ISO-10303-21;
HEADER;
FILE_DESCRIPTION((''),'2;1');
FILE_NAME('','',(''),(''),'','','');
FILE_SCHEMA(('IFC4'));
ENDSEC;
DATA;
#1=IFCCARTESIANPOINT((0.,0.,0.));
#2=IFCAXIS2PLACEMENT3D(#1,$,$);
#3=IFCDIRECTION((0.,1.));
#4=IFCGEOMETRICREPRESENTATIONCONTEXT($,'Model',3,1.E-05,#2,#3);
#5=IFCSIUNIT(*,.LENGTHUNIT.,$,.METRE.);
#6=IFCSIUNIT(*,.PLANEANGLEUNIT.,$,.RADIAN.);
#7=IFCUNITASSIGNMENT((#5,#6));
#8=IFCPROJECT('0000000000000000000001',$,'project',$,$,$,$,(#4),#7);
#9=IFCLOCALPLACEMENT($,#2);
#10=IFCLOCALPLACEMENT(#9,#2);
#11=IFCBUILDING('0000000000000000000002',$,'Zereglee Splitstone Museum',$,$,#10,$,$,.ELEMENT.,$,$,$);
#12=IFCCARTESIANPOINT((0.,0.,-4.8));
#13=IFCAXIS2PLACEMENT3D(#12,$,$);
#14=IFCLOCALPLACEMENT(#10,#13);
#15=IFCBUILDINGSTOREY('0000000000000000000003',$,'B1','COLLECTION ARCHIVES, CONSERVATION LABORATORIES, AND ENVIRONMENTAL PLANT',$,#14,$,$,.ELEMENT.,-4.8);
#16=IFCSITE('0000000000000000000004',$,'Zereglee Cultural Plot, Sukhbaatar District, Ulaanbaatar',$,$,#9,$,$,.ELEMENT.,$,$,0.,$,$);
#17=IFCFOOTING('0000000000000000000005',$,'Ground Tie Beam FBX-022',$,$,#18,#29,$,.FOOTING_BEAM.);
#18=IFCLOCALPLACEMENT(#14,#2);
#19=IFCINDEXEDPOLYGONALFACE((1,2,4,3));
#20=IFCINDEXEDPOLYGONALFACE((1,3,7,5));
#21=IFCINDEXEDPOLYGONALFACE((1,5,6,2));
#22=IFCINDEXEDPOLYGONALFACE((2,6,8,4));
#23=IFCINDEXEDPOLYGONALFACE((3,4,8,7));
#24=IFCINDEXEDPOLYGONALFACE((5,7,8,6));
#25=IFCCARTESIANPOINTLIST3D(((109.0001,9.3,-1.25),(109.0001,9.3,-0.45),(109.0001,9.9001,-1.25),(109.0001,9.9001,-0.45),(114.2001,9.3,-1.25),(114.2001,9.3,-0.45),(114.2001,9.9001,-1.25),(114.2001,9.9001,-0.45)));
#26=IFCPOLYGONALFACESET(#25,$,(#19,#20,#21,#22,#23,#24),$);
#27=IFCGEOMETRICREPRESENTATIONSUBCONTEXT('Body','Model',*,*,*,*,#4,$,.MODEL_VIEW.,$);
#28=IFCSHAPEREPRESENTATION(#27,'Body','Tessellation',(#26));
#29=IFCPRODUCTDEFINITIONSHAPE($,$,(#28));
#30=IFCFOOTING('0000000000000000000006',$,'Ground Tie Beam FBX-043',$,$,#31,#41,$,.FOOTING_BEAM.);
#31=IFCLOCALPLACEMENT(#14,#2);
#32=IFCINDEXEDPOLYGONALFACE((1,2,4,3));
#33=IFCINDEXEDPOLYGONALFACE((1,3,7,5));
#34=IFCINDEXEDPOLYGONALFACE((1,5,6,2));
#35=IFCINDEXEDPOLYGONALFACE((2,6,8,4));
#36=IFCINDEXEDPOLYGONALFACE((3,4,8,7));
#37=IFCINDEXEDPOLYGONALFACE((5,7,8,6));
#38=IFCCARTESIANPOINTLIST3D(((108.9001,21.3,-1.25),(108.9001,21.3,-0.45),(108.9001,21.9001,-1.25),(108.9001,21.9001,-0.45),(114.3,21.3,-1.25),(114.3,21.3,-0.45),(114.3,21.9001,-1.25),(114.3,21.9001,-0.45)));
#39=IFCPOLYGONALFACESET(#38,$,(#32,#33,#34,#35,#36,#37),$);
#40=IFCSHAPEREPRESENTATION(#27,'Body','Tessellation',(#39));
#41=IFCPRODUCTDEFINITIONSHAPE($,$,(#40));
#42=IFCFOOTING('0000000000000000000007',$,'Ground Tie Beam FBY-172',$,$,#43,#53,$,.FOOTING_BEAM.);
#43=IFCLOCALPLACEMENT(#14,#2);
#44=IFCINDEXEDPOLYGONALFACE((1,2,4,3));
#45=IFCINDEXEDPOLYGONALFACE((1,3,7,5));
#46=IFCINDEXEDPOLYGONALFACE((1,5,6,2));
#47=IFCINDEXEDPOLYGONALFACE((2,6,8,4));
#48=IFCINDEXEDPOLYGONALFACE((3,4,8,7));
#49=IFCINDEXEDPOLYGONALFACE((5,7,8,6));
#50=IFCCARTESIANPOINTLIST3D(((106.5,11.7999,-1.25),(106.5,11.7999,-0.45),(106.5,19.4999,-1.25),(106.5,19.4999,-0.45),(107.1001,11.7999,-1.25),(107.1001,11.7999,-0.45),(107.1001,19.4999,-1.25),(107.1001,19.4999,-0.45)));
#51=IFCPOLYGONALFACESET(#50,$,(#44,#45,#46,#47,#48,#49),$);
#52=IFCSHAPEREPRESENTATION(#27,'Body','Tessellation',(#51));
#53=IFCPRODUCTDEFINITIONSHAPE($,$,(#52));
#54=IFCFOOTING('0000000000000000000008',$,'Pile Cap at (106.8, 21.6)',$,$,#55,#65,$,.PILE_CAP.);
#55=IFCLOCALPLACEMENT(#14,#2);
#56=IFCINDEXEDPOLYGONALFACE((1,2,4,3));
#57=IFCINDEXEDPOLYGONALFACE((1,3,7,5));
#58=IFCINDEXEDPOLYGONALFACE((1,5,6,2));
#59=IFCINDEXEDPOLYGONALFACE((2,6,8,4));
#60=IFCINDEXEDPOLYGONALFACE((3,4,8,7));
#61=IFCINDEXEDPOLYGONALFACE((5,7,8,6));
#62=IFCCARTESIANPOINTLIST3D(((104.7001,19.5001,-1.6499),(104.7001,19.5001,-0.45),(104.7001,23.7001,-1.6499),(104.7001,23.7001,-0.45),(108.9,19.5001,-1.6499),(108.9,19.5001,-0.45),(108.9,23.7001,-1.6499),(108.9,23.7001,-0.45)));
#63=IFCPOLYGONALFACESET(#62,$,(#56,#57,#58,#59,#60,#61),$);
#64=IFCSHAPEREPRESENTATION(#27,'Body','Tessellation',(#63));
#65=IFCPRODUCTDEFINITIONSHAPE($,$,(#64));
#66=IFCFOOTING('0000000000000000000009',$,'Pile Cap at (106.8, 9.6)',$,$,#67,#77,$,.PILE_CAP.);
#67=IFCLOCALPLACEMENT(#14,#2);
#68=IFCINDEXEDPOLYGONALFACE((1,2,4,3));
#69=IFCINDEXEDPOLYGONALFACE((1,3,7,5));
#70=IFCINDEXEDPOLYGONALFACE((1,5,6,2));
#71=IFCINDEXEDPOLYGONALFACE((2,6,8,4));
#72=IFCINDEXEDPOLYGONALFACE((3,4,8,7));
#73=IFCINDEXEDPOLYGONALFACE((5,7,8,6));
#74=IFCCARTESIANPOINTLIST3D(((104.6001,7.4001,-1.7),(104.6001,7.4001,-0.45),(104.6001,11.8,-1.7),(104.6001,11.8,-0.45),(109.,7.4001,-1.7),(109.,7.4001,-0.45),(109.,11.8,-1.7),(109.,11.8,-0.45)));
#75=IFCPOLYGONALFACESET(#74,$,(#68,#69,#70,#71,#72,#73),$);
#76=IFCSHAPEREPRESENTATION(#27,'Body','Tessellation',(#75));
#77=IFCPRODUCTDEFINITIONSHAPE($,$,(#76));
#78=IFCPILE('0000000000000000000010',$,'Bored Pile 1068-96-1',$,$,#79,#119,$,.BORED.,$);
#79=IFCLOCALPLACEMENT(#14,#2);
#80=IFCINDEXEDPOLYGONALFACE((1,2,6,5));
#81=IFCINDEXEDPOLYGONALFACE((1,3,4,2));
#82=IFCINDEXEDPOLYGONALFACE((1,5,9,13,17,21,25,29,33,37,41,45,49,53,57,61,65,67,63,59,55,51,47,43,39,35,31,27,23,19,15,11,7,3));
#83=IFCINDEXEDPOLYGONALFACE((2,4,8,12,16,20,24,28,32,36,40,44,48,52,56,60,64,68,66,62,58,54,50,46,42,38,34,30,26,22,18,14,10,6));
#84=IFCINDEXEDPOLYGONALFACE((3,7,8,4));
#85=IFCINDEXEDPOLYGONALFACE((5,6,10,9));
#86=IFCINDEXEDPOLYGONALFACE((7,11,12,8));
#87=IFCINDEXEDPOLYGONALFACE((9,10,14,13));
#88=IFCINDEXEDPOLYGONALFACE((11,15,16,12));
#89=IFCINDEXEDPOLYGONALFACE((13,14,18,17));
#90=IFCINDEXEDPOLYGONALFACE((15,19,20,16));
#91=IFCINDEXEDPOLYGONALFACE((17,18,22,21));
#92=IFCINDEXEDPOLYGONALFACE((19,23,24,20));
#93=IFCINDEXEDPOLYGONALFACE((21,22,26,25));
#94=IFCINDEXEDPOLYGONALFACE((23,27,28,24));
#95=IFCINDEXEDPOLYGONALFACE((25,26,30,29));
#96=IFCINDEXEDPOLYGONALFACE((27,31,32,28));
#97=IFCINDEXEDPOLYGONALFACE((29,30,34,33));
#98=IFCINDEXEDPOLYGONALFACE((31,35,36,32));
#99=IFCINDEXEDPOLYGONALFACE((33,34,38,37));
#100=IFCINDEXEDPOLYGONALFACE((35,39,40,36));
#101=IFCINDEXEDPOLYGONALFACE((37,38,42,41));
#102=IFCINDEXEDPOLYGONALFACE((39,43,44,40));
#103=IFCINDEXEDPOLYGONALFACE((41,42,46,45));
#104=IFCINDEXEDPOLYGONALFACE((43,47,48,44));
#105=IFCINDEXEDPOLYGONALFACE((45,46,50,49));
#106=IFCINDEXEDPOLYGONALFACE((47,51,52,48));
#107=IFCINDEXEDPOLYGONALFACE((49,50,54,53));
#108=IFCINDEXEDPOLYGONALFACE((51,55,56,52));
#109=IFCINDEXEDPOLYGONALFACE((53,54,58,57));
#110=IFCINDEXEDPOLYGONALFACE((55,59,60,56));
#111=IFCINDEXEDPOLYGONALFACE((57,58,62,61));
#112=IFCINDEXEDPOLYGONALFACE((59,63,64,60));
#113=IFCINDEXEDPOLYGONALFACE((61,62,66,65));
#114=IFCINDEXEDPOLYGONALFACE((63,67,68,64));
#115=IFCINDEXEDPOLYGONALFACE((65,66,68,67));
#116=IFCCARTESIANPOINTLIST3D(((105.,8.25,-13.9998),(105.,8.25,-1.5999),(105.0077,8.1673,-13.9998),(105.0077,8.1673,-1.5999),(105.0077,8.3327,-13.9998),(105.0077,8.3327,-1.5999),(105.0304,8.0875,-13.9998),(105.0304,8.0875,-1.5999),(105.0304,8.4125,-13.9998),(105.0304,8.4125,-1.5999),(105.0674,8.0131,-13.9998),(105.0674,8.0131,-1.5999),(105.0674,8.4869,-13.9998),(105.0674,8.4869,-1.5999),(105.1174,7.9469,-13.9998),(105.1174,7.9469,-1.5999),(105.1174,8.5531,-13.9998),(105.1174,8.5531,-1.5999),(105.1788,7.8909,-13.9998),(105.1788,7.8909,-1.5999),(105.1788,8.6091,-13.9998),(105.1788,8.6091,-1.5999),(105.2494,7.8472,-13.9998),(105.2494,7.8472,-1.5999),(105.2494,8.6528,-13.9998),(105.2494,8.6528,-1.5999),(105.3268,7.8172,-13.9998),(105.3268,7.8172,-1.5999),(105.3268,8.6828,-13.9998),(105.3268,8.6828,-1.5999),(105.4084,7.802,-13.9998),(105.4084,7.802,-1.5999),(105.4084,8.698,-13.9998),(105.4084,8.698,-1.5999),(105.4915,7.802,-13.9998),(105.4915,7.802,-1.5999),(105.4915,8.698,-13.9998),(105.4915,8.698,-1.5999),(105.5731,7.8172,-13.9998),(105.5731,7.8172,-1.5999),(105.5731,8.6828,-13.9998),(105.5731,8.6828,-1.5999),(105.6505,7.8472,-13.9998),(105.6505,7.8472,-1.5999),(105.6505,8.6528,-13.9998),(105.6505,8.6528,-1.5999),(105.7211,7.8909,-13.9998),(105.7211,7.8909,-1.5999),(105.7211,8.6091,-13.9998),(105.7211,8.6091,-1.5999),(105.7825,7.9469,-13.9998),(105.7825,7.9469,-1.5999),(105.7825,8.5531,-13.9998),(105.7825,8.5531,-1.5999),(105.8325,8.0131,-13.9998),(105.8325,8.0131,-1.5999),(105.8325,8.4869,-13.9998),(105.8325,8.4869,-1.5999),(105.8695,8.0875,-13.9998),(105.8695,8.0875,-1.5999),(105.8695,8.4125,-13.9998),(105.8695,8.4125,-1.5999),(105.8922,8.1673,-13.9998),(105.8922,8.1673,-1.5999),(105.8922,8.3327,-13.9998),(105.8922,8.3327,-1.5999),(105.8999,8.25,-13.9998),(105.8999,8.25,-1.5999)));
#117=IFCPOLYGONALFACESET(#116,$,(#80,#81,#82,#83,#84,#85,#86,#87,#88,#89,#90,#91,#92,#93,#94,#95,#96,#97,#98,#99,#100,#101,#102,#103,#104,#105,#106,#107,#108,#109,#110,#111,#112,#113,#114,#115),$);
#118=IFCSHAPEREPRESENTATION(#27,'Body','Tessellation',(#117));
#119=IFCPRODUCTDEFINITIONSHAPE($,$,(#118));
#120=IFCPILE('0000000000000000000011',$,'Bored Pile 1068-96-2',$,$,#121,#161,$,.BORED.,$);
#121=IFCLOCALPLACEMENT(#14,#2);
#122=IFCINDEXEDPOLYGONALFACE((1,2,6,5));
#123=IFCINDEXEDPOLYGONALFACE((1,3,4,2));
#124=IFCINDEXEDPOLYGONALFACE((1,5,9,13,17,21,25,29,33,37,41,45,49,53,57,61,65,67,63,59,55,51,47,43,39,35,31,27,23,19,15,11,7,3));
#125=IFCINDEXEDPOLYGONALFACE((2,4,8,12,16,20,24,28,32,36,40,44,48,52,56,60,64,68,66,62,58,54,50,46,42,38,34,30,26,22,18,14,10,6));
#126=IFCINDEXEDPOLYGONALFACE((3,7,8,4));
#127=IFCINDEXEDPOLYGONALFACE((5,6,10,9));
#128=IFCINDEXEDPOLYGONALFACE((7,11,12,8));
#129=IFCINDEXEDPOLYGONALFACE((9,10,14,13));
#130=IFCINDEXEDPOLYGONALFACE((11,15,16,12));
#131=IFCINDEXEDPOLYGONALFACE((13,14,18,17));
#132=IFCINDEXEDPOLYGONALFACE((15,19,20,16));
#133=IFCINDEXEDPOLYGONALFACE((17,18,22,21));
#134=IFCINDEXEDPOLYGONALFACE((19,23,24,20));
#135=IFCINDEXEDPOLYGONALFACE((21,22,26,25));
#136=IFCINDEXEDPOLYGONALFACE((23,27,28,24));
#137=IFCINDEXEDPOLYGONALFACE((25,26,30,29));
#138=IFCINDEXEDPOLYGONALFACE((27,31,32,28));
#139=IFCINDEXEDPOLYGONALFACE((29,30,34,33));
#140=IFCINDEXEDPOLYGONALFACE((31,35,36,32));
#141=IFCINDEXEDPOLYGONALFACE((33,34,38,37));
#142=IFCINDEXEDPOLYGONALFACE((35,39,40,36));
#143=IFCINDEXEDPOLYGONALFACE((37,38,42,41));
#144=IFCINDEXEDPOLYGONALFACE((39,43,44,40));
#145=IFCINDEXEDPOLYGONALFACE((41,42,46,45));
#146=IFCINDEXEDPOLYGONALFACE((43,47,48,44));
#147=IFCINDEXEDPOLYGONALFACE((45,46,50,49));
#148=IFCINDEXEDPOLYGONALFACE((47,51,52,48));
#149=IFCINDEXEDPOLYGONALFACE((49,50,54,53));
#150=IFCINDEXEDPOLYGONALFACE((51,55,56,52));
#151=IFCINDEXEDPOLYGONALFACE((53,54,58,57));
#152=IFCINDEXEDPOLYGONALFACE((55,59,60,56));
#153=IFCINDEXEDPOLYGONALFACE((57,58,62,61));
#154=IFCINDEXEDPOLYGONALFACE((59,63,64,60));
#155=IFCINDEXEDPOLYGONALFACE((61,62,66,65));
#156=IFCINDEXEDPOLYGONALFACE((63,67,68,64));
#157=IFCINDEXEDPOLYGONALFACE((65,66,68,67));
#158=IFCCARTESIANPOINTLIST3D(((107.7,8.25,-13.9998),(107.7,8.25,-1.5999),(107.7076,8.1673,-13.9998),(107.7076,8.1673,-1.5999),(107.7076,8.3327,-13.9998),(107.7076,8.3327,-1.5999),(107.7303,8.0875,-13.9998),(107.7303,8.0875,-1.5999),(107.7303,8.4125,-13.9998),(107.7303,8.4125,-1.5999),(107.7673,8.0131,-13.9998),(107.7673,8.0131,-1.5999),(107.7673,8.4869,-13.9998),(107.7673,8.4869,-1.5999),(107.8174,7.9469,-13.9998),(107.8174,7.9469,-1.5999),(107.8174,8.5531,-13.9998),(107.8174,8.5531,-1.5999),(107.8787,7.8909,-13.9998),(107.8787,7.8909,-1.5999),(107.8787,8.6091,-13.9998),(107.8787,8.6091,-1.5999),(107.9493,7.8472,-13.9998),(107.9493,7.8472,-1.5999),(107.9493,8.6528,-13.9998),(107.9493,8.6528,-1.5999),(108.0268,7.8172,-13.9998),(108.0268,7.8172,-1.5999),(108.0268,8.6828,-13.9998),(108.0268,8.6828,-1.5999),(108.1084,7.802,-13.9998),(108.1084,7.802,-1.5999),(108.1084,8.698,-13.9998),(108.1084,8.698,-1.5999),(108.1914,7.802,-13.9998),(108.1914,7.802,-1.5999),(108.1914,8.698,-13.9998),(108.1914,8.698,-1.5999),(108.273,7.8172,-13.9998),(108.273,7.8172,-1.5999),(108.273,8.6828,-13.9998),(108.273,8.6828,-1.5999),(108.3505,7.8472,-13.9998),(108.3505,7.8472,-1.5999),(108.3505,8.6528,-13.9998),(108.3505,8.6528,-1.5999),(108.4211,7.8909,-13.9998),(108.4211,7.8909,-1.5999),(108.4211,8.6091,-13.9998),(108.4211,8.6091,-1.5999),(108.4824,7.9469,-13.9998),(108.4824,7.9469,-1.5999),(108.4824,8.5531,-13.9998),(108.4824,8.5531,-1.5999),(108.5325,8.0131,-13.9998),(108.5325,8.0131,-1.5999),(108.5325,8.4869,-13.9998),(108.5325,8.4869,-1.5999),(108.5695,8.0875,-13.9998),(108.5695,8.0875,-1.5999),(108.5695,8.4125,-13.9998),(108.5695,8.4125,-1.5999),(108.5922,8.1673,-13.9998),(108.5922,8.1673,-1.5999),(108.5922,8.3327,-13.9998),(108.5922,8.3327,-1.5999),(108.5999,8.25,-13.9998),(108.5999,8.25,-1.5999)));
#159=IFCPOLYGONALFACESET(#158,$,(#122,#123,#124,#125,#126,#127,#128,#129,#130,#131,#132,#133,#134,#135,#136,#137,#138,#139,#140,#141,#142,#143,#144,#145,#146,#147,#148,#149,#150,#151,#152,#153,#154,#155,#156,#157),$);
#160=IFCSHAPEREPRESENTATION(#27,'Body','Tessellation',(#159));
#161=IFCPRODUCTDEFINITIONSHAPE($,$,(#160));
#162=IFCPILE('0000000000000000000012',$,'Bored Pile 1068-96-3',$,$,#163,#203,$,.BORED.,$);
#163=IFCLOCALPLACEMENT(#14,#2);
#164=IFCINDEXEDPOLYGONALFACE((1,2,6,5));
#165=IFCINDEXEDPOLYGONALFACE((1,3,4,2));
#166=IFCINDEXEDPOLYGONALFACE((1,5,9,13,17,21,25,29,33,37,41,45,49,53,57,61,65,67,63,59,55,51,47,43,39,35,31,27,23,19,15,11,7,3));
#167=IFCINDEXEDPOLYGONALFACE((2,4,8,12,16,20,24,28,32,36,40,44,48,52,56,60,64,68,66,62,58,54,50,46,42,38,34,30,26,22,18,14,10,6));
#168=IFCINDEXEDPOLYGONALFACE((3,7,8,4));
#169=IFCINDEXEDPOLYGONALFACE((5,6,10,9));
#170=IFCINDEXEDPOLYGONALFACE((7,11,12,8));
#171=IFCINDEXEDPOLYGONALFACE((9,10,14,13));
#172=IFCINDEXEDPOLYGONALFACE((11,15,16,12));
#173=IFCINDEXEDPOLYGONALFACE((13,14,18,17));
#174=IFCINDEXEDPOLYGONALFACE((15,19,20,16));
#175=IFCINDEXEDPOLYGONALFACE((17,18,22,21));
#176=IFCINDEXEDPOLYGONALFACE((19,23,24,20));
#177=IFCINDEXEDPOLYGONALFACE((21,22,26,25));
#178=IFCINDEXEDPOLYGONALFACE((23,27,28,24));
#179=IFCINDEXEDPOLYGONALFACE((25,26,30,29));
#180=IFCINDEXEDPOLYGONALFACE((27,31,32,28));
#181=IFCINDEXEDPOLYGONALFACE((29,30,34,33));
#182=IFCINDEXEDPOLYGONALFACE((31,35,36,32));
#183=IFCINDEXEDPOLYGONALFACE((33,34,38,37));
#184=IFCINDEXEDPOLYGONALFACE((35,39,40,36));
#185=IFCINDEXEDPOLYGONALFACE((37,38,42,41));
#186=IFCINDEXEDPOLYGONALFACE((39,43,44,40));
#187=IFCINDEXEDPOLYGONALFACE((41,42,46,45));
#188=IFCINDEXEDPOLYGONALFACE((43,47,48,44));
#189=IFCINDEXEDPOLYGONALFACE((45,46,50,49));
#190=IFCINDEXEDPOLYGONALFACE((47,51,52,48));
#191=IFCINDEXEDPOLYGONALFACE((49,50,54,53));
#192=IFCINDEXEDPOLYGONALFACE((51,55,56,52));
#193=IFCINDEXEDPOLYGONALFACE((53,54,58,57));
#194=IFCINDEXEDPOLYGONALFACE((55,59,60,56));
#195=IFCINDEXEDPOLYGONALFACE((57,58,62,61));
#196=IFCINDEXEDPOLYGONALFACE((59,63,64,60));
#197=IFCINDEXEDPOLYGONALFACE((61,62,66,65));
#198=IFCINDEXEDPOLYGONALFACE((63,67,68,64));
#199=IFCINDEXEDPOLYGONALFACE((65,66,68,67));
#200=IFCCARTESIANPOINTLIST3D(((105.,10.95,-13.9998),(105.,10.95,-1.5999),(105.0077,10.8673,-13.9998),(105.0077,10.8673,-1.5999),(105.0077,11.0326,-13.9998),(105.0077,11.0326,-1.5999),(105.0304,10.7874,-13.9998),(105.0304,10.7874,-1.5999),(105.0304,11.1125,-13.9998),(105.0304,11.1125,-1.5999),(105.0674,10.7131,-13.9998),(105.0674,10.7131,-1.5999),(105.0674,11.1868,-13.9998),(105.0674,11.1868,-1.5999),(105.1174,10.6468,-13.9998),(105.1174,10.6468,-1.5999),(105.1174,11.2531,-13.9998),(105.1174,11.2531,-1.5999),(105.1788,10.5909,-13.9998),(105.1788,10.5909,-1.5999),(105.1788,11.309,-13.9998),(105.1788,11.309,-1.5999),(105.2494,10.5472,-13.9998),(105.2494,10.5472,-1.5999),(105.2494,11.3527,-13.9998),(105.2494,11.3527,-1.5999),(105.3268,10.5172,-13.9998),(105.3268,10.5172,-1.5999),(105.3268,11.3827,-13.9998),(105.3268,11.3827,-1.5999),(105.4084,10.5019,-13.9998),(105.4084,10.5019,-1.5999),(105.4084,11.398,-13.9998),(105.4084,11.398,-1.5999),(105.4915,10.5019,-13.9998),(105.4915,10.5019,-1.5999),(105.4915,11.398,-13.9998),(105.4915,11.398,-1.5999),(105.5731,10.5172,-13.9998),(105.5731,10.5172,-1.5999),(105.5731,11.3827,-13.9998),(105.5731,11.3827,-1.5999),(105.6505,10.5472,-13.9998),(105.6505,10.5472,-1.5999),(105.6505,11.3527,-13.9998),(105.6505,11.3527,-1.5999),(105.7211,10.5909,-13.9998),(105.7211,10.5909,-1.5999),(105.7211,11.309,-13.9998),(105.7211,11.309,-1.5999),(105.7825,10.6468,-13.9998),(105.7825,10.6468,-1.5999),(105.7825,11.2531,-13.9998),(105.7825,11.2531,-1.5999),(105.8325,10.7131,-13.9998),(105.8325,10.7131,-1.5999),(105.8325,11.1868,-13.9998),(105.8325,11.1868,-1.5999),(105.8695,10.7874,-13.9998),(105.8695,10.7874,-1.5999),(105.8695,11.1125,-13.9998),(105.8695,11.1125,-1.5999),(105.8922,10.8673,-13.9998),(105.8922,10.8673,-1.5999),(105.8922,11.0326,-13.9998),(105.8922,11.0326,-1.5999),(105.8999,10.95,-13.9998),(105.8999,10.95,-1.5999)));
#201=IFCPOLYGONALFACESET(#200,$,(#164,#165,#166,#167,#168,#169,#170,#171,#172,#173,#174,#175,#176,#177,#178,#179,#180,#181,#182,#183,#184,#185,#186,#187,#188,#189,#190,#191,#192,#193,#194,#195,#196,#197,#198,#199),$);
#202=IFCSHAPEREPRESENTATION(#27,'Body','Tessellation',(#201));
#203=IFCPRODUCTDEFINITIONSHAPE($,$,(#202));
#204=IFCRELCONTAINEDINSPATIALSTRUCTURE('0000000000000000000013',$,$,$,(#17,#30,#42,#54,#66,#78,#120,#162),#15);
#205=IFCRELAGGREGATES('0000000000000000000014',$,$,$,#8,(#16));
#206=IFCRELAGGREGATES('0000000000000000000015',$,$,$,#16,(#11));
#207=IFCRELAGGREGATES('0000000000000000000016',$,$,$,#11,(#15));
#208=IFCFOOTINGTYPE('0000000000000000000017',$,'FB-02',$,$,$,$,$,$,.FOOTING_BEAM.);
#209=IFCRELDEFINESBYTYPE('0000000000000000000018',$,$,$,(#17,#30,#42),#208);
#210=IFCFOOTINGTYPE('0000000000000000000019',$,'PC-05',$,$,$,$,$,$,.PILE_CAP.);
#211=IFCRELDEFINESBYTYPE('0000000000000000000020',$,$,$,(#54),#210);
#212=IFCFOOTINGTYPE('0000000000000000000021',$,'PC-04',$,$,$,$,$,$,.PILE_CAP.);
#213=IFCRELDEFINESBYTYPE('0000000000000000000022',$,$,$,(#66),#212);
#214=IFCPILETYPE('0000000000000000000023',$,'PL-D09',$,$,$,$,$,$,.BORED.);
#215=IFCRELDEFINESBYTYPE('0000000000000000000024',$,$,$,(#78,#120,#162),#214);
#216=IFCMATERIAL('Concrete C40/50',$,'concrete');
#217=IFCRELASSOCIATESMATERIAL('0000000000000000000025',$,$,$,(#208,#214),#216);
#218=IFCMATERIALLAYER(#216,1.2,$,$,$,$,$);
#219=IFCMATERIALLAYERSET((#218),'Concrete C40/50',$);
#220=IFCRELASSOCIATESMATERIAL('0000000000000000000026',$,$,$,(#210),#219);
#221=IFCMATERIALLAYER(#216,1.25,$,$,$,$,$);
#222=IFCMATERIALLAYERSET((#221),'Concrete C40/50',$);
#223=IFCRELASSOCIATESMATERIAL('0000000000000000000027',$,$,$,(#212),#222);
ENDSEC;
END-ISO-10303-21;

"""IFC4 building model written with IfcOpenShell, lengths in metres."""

from ifc_helpers import new_model, si_unit, direction, frame, origin, origin_2d, place, context, subcontext, project, spatial, rectangle, circle, extrude, material, layer, layer_set, material_profile, profile_set, type_object, element, save


model = new_model("IFC4")

# Units and contexts
model_context = context("Model", 3, precision=1e-05, world=origin(), true_north=direction((0.0, 1.0)))
body_context = subcontext(model_context, "Body", "Model", "MODEL_VIEW")
ifc_project = project(units=[si_unit("LENGTHUNIT", "METRE"), si_unit("PLANEANGLEUNIT", "RADIAN")], contexts=[model_context])

# Site, building, storey
site_placement = place(None, origin())
site = spatial("IfcSite", under=ifc_project, at=site_placement, Name="Zereglee Cultural Plot, Sukhbaatar District, Ulaanbaatar", CompositionType="ELEMENT", RefElevation=0.0)
building_placement = place(site_placement, origin())
building = spatial("IfcBuilding", under=site, at=building_placement, Name="Zereglee Splitstone Museum", CompositionType="ELEMENT")
storey_placement = place(building_placement, frame((0.0, 0.0, -4.8)))
storey = spatial("IfcBuildingStorey", under=building, at=storey_placement, Name="B1", Description="COLLECTION ARCHIVES, CONSERVATION LABORATORIES, AND ENVIRONMENTAL PLANT", CompositionType="ELEMENT", Elevation=-4.8)

# Footings
ifc_material_1 = material(Name="Concrete C40/50", Category="concrete")
footing_type_1 = type_object("IfcFootingType", Name="FB-02", PredefinedType="FOOTING_BEAM", material=ifc_material_1)
footing_1_placement = place(storey_placement, frame((111.6001, 9.6001, -1.25), z_axis=(0.0, 0.0, 1.0), x_axis=(1.0, 0.0, 0.0)))
element("IfcFooting", 1, at=footing_1_placement, inside=storey, type_object=footing_type_1, Name="Ground Tie Beam FBX-022", PredefinedType="FOOTING_BEAM", context=body_context, shape_type="SweptSolid", body=[
    extrude(rectangle(XDim=5.2, YDim=0.6001, at=origin_2d()), origin(), (0.0, 0.0, 1.0), 0.8),
])
footing_2_placement = place(storey_placement, frame((111.6001, 21.6001, -1.25), z_axis=(0.0, 0.0, 1.0), x_axis=(1.0, 0.0, 0.0)))
element("IfcFooting", 2, at=footing_2_placement, inside=storey, type_object=footing_type_1, Name="Ground Tie Beam FBX-043", PredefinedType="FOOTING_BEAM", context=body_context, shape_type="SweptSolid", body=[
    extrude(rectangle(XDim=5.3999, YDim=0.6001, at=origin_2d()), origin(), (0.0, 0.0, 1.0), 0.8),
])
footing_3_placement = place(storey_placement, frame((106.8, 15.6499, -1.25), z_axis=(0.0, 0.0, 1.0), x_axis=(0.0, 1.0, 0.0)))
element("IfcFooting", 3, at=footing_3_placement, inside=storey, type_object=footing_type_1, Name="Ground Tie Beam FBY-172", PredefinedType="FOOTING_BEAM", context=body_context, shape_type="SweptSolid", body=[
    extrude(rectangle(XDim=7.7, YDim=0.6001, at=origin_2d()), origin(), (0.0, 0.0, 1.0), 0.8),
])
ifc_layer_1 = layer(ifc_material_1, 1.2)
ifc_layer_set_1 = layer_set([ifc_layer_1], Name="Concrete C40/50")
footing_type_2 = type_object("IfcFootingType", Name="PC-05", PredefinedType="PILE_CAP", material=ifc_layer_set_1)
footing_4_placement = place(storey_placement, frame((106.8, 21.6001, -1.6499), z_axis=(0.0, 0.0, 1.0), x_axis=(1.0, 0.0, 0.0)))
element("IfcFooting", 4, at=footing_4_placement, inside=storey, type_object=footing_type_2, Name="Pile Cap at (106.8, 21.6)", PredefinedType="PILE_CAP", context=body_context, shape_type="SweptSolid", body=[
    extrude(rectangle(XDim=4.2, YDim=4.2, at=origin_2d()), origin(), (0.0, 0.0, 1.0), 1.2),
])
ifc_layer_2 = layer(ifc_material_1, 1.25)
ifc_layer_set_2 = layer_set([ifc_layer_2], Name="Concrete C40/50")
footing_type_3 = type_object("IfcFootingType", Name="PC-04", PredefinedType="PILE_CAP", material=ifc_layer_set_2)
footing_5_placement = place(storey_placement, frame((106.8, 9.6001, -1.7), z_axis=(0.0, 0.0, 1.0), x_axis=(1.0, 0.0, 0.0)))
element("IfcFooting", 5, at=footing_5_placement, inside=storey, type_object=footing_type_3, Name="Pile Cap at (106.8, 9.6)", PredefinedType="PILE_CAP", context=body_context, shape_type="SweptSolid", body=[
    extrude(rectangle(XDim=4.3999, YDim=4.3999, at=origin_2d()), origin(), (0.0, 0.0, 1.0), 1.25),
])

# Piles
ifc_material_profile_1 = material_profile(ifc_material_1, circle(Radius=0.45, at=origin_2d()), Name="PILE D900")
ifc_profile_set_1 = profile_set([ifc_material_profile_1], Name="Concrete C40/50")
pile_type = type_object("IfcPileType", Name="PL-D09", PredefinedType="BORED", material=ifc_profile_set_1)
for number, where, z_axis, x_axis, name in (
    (6, (105.45, 8.25, -1.5999), (0.0, 0.0, -1.0), (1.0, 0.0, 0.0), "Bored Pile 1068-96-1"),
    (7, (108.1499, 8.25, -1.5999), (0.0, 0.0, -1.0), (1.0, 0.0, 0.0), "Bored Pile 1068-96-2"),
    (8, (105.45, 10.95, -1.5999), (0.0, 0.0, -1.0), (1.0, 0.0, 0.0), "Bored Pile 1068-96-3"),
):
    element("IfcPile", number, at=place(storey_placement, frame(where, z_axis=z_axis, x_axis=x_axis)), inside=storey, type_object=pile_type, Name=name, PredefinedType="BORED", context=body_context, shape_type="SweptSolid", body=[
        extrude(circle(Radius=0.45, at=origin_2d()), origin(), (0.0, 0.0, 1.0), 12.3999),
    ])

save(model, "model.ifc")
